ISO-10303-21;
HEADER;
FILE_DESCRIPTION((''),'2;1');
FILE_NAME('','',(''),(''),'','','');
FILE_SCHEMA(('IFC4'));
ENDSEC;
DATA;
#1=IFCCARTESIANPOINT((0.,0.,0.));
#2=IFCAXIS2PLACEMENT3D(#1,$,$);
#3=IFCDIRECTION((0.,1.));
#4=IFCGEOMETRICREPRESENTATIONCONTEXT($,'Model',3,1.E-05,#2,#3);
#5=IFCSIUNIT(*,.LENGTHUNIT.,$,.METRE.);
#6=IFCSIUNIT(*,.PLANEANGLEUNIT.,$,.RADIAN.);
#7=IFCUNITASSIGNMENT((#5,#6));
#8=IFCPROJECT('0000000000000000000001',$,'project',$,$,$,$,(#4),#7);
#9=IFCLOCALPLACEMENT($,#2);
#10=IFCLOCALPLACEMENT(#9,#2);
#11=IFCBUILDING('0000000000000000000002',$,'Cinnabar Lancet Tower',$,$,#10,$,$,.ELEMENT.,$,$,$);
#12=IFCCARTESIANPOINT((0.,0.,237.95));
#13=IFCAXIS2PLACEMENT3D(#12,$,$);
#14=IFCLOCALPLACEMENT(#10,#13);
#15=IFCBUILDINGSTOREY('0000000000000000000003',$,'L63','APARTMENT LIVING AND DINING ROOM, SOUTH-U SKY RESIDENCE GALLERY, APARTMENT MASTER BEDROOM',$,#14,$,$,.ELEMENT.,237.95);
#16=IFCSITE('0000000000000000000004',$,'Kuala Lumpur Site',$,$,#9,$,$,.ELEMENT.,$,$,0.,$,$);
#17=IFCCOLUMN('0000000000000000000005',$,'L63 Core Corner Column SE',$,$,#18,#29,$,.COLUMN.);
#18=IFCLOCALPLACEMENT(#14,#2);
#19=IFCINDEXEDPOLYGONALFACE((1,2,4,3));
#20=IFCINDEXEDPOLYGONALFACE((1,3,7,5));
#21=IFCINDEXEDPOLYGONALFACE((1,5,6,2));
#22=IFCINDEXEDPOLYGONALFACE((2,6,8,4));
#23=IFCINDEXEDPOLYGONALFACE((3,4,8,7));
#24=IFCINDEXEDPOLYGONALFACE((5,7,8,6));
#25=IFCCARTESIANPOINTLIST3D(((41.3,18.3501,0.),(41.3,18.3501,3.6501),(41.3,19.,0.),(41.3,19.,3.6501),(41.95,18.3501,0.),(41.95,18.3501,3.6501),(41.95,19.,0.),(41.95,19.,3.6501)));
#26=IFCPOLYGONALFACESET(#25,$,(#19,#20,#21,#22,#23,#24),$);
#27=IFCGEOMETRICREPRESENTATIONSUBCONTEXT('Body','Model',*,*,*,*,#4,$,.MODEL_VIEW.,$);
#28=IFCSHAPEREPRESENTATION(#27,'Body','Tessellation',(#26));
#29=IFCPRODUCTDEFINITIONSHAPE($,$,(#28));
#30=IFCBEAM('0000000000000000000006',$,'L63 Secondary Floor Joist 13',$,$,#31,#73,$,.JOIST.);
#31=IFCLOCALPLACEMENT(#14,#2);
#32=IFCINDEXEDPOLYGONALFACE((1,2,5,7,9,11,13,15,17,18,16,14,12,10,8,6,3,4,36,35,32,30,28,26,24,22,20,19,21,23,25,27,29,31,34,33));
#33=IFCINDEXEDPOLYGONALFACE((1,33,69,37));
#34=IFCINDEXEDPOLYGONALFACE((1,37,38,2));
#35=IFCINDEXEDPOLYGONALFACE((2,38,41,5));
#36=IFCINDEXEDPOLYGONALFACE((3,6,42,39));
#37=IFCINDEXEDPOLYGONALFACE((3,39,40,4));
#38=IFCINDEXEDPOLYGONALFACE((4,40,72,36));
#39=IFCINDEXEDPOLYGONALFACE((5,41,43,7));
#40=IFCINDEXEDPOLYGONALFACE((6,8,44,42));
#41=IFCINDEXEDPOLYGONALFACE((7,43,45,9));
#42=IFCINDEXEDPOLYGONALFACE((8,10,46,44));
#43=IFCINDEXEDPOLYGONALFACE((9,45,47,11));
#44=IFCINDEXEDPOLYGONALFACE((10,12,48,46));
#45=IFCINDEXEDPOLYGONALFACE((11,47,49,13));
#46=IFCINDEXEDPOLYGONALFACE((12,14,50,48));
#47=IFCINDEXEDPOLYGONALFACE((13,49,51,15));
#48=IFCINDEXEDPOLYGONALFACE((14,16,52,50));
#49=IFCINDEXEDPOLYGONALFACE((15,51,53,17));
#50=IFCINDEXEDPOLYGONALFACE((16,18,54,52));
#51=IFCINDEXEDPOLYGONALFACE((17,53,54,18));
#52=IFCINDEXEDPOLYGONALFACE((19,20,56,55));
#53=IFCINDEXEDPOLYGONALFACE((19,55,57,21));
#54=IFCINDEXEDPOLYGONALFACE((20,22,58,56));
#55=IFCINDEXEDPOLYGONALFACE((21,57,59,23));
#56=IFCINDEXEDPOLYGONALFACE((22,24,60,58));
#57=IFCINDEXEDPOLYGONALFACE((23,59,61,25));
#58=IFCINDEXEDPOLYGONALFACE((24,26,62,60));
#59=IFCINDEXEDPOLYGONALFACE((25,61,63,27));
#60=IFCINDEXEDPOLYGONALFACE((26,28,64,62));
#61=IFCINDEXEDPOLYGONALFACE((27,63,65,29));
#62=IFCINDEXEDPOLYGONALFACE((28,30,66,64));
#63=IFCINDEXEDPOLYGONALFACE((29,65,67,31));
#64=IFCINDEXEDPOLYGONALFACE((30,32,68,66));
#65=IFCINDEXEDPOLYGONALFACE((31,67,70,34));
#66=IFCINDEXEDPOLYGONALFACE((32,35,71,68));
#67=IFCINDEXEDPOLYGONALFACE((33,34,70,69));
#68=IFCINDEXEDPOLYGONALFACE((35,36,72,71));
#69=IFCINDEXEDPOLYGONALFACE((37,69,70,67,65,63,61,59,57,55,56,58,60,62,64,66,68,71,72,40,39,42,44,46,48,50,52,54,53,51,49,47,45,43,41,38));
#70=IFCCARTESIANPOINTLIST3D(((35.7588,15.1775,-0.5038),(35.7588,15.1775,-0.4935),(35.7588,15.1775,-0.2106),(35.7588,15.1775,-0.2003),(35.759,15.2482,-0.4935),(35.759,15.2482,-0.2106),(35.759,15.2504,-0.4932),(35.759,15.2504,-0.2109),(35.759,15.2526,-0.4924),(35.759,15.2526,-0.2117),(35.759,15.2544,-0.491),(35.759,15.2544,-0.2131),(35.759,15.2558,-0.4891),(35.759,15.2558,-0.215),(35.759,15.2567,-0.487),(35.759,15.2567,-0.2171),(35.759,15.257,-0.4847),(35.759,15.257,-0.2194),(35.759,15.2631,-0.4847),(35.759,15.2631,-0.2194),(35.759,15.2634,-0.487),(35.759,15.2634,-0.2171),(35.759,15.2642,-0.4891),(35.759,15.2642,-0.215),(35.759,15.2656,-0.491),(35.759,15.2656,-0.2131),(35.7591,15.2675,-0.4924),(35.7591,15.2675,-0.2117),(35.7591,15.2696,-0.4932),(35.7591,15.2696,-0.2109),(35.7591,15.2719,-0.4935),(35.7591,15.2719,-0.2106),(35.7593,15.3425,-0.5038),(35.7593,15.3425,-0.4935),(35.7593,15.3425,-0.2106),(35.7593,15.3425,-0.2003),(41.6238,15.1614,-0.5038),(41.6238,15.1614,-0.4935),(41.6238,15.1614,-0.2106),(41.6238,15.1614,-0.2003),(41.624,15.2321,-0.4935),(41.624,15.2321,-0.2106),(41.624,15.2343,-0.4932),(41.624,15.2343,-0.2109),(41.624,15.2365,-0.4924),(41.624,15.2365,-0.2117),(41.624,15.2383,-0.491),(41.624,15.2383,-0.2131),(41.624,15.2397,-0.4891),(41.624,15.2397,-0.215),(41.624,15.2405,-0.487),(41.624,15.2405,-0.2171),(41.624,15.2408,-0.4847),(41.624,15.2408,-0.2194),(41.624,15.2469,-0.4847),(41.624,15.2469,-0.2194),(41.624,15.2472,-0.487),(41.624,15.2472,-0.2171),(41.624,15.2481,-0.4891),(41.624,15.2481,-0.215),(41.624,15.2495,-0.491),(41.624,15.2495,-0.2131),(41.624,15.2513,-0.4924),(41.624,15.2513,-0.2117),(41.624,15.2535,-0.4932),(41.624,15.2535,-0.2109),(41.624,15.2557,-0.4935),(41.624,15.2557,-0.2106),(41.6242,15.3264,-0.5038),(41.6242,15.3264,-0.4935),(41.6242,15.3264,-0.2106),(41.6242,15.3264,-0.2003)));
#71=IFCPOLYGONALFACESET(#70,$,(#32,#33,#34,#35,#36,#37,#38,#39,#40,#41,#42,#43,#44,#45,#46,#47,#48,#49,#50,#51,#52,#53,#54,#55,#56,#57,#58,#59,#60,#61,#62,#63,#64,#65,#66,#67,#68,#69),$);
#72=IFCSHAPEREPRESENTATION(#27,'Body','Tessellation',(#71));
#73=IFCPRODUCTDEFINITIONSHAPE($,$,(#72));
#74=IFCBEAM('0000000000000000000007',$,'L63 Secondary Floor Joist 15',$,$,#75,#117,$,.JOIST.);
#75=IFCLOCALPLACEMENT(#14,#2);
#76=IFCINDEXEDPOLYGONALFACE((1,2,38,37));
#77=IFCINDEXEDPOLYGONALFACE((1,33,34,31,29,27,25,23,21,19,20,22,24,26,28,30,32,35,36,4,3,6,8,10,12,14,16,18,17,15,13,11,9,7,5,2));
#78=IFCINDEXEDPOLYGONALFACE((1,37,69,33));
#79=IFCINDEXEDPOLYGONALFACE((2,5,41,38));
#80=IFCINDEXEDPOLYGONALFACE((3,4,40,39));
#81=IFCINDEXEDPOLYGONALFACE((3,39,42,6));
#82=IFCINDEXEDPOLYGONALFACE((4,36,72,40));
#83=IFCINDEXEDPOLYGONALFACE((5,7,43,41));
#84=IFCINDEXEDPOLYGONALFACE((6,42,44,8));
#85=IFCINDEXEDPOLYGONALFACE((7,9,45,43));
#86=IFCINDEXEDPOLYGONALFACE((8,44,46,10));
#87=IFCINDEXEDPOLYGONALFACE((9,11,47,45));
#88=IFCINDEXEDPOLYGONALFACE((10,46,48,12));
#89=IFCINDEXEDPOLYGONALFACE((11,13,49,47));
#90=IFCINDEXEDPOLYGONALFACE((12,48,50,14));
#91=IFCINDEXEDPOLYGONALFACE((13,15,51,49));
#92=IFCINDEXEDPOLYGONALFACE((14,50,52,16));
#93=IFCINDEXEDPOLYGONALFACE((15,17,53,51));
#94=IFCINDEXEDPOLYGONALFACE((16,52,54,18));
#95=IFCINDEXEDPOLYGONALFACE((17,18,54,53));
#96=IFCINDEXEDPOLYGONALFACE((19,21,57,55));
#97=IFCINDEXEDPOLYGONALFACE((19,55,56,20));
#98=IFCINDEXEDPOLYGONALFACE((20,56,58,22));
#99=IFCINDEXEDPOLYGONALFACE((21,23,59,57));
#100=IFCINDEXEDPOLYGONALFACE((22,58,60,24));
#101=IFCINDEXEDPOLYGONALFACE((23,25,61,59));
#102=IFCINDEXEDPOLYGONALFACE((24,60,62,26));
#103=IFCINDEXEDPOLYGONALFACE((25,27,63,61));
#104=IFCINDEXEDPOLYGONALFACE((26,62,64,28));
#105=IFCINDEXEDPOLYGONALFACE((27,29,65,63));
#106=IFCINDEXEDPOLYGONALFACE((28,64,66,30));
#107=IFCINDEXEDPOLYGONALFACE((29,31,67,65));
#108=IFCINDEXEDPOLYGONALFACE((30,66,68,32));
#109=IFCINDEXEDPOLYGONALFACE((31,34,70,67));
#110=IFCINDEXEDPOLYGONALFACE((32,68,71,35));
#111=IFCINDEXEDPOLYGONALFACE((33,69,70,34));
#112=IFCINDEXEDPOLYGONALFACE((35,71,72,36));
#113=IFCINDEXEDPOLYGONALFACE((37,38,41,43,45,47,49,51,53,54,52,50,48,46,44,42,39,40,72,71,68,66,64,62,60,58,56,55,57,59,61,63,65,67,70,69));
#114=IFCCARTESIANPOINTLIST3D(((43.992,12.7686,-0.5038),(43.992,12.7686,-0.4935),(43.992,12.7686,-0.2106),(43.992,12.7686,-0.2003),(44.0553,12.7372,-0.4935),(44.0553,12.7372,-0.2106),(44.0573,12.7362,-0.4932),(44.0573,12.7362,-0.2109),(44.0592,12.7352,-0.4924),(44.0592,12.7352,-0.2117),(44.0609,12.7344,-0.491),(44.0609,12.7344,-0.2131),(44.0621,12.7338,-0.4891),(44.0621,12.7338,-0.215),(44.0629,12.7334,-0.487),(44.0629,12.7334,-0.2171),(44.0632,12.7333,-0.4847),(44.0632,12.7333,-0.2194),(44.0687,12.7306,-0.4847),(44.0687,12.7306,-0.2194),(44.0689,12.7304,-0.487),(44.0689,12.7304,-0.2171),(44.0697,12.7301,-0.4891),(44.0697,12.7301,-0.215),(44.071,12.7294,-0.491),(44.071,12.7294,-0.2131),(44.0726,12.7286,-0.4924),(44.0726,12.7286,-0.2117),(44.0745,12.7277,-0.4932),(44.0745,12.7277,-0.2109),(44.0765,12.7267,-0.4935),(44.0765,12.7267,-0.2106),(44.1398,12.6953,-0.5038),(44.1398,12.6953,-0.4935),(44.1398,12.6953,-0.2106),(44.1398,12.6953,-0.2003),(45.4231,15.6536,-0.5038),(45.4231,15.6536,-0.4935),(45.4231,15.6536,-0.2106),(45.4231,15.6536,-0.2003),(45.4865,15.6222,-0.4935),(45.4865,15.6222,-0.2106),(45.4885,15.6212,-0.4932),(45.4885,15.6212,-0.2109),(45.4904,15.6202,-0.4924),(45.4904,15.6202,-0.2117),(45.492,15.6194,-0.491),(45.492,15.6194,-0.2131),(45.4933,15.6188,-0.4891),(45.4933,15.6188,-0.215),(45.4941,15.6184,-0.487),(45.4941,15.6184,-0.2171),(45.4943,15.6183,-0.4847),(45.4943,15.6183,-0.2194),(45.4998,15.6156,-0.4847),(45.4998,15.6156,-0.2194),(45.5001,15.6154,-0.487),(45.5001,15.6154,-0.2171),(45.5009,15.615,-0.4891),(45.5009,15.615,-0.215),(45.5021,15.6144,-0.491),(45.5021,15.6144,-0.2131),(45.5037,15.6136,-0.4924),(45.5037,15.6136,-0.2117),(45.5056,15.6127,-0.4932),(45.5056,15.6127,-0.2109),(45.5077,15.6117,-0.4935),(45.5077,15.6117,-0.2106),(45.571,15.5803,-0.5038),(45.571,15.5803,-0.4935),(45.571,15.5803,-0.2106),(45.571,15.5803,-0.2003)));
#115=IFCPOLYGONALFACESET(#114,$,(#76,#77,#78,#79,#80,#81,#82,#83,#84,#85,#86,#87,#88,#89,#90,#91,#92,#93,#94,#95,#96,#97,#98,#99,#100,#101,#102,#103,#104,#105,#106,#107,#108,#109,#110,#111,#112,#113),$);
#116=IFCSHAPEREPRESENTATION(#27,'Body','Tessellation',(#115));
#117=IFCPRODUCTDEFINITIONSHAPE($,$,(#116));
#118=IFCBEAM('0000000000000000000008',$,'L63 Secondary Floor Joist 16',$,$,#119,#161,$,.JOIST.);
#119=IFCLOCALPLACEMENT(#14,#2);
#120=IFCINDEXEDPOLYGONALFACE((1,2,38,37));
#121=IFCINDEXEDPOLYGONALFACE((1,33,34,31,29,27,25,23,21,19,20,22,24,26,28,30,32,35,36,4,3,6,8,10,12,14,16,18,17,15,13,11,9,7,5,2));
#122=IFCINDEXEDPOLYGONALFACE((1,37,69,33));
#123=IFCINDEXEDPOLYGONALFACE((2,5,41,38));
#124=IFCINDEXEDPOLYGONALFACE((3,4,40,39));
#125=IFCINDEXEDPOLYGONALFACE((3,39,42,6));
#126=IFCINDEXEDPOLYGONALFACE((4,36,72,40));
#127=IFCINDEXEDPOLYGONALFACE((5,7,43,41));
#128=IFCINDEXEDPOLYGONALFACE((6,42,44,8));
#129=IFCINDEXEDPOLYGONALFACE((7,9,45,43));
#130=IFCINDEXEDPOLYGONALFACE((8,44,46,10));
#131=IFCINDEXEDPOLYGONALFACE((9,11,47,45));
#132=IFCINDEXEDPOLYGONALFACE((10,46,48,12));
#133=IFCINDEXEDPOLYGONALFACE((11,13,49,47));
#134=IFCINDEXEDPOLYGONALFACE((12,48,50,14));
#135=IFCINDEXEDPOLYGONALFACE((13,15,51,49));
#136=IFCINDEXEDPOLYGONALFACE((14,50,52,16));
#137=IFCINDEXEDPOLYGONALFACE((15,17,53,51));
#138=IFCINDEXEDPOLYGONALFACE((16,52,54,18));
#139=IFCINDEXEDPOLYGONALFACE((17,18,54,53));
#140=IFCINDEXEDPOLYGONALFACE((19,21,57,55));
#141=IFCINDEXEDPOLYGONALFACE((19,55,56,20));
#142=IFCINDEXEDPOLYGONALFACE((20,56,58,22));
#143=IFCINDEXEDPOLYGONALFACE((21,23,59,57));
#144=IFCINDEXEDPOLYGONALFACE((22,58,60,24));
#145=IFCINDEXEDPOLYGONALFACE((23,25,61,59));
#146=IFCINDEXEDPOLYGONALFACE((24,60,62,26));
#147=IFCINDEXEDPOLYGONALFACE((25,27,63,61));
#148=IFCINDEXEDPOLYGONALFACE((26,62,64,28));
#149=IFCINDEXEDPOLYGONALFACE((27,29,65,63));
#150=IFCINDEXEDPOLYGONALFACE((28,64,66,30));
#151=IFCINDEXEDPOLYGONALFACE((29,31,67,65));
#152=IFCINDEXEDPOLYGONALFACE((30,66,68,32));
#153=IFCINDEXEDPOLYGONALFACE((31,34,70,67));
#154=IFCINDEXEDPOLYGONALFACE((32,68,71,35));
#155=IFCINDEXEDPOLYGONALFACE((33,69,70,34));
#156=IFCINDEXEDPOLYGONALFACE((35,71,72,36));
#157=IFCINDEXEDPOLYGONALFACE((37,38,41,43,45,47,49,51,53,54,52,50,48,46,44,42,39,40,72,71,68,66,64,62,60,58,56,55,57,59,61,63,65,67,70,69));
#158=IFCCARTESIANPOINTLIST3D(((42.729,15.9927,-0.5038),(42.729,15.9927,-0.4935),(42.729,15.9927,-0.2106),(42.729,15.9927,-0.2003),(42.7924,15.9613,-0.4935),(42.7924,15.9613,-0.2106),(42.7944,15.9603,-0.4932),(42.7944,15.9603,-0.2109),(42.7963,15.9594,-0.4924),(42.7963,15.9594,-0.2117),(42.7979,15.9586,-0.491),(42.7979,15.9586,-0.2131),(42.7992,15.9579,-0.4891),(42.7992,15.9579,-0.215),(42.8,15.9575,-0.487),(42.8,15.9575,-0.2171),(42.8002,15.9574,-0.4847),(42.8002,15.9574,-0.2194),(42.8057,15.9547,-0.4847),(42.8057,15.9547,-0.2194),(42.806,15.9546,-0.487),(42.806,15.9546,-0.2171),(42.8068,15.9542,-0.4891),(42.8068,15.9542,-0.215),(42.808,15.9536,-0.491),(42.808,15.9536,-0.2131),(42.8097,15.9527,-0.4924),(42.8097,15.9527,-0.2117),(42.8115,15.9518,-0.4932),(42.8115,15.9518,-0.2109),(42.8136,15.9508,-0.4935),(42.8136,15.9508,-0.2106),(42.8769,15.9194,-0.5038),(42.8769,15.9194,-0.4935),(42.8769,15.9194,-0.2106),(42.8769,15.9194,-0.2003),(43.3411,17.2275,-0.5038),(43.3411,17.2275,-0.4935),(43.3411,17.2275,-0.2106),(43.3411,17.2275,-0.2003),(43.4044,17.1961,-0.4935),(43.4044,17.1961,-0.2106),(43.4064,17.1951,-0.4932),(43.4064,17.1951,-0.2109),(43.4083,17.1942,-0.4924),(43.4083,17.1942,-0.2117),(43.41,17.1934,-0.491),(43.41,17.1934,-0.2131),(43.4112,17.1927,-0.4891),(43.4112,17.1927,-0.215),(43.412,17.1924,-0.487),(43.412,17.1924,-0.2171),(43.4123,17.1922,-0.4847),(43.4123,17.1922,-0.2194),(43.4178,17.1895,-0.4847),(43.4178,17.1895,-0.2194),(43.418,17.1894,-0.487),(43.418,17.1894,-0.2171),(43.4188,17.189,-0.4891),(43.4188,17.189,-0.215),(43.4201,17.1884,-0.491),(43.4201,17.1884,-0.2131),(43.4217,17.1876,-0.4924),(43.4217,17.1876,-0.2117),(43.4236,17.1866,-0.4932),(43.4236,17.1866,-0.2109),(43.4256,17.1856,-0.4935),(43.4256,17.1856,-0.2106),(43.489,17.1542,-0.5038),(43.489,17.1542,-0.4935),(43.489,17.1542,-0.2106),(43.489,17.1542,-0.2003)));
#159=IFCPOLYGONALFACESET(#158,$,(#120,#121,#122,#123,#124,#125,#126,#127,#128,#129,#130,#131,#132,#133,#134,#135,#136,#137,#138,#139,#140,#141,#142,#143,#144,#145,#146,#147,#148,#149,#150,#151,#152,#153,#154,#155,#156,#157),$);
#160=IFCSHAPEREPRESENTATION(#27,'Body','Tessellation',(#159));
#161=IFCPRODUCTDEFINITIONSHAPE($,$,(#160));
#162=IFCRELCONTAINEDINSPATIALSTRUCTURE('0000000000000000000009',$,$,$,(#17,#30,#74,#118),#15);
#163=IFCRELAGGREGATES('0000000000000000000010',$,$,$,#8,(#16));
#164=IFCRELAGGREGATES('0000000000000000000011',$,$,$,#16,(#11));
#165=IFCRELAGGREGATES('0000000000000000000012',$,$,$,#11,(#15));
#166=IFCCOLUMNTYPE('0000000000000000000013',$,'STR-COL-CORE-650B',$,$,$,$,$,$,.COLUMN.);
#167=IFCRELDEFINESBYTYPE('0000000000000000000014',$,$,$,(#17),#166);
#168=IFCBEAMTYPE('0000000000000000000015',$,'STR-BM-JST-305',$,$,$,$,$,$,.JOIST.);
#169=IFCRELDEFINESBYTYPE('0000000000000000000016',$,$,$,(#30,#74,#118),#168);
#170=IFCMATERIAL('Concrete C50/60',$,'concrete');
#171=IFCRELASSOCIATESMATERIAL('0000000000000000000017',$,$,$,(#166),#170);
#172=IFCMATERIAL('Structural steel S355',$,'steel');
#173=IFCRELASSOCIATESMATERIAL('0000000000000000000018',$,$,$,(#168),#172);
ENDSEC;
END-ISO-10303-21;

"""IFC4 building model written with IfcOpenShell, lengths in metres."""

from ifc_helpers import new_model, si_unit, direction, frame, origin, origin_2d, place, context, subcontext, project, spatial, rectangle, i_section, extrude, material, material_profile, profile_set, type_object, element, save


model = new_model("IFC4")

# Units and contexts
model_context = context("Model", 3, precision=1e-05, world=origin(), true_north=direction((0.0, 1.0)))
body_context = subcontext(model_context, "Body", "Model", "MODEL_VIEW")
ifc_project = project(units=[si_unit("LENGTHUNIT", "METRE"), si_unit("PLANEANGLEUNIT", "RADIAN")], contexts=[model_context])

# Site, building, storey
site_placement = place(None, origin())
site = spatial("IfcSite", under=ifc_project, at=site_placement, Name="Kuala Lumpur Site", CompositionType="ELEMENT", RefElevation=0.0)
building_placement = place(site_placement, origin())
building = spatial("IfcBuilding", under=site, at=building_placement, Name="Cinnabar Lancet Tower", CompositionType="ELEMENT")
storey_placement = place(building_placement, frame((0.0, 0.0, 237.95)))
storey = spatial("IfcBuildingStorey", under=building, at=storey_placement, Name="L63", Description="APARTMENT LIVING AND DINING ROOM, SOUTH-U SKY RESIDENCE GALLERY, APARTMENT MASTER BEDROOM", CompositionType="ELEMENT", Elevation=237.95)

# Column
ifc_material_1 = material(Name="Concrete C50/60", Category="concrete")
ifc_material_profile_1 = material_profile(ifc_material_1, rectangle(XDim=0.6499, YDim=0.6499, at=origin_2d()), Name="RC-COL 650x650")
ifc_profile_set_1 = profile_set([ifc_material_profile_1], Name="Concrete C50/60")
column_type = type_object("IfcColumnType", Name="STR-COL-CORE-650B", PredefinedType="COLUMN", material=ifc_profile_set_1)
column_placement = place(storey_placement, frame((41.625, 18.675, 0.0), z_axis=(0.0, 0.0, 1.0), x_axis=(1.0, 0.0, 0.0)))
element("IfcColumn", 1, at=column_placement, inside=storey, type_object=column_type, Name="L63 Core Corner Column SE", PredefinedType="COLUMN", context=body_context, shape_type="SweptSolid", body=[
    extrude(rectangle(XDim=0.6499, YDim=0.6499, at=origin_2d()), origin(), (0.0, 0.0, 1.0), 3.6501),
])

# Beams
ifc_material_2 = material(Name="Structural steel S355", Category="steel")
ifc_material_profile_2 = material_profile(ifc_material_2, i_section(OverallWidth=0.165, OverallDepth=0.3035, WebThickness=0.0061, FlangeThickness=0.0103, FilletRadius=0.0088, at=origin_2d()), Name="UKB 305x165x40")
ifc_profile_set_2 = profile_set([ifc_material_profile_2], Name="Structural steel S355")
beam_type_1 = type_object("IfcBeamType", Name="STR-BM-JST-305", PredefinedType="JOIST", material=ifc_profile_set_2)
beam_1_placement = place(storey_placement, frame((35.759, 15.26, -0.3521), z_axis=(0.999996, -0.002747, 0.0), x_axis=(0.002747, 0.999996, 0.0)))
element("IfcBeam", 2, at=beam_1_placement, inside=storey, type_object=beam_type_1, Name="L63 Secondary Floor Joist 13", PredefinedType="JOIST", context=body_context, shape_type="SweptSolid", body=[
    extrude(i_section(OverallWidth=0.165, OverallDepth=0.3035, WebThickness=0.0061, FlangeThickness=0.0103, FilletRadius=0.0088, at=origin_2d()), origin(), (0.0, 0.0, 1.0), 5.865),
])
beam_2_placement = place(storey_placement, frame((44.0659, 12.7319, -0.3521), z_axis=(0.444391, 0.895833, 0.0), x_axis=(-0.895833, 0.444391, 0.0)))
element("IfcBeam", 3, at=beam_2_placement, inside=storey, type_object=beam_type_1, Name="L63 Secondary Floor Joist 15", PredefinedType="JOIST", context=body_context, shape_type="SweptSolid", body=[
    extrude(i_section(OverallWidth=0.165, OverallDepth=0.3035, WebThickness=0.0061, FlangeThickness=0.0103, FilletRadius=0.0088, at=origin_2d()), origin(), (0.0, 0.0, 1.0), 3.2205),
])
beam_3_placement = place(storey_placement, frame((42.803, 15.9561, -0.3521), z_axis=(0.444093, 0.895981, 0.0), x_axis=(-0.895981, 0.444093, 0.0)))
element("IfcBeam", 4, at=beam_3_placement, inside=storey, type_object=beam_type_1, Name="L63 Secondary Floor Joist 16", PredefinedType="JOIST", context=body_context, shape_type="SweptSolid", body=[
    extrude(i_section(OverallWidth=0.165, OverallDepth=0.3035, WebThickness=0.0061, FlangeThickness=0.0103, FilletRadius=0.0088, at=origin_2d()), origin(), (0.0, 0.0, 1.0), 1.3782),
])

save(model, "model.ifc")
